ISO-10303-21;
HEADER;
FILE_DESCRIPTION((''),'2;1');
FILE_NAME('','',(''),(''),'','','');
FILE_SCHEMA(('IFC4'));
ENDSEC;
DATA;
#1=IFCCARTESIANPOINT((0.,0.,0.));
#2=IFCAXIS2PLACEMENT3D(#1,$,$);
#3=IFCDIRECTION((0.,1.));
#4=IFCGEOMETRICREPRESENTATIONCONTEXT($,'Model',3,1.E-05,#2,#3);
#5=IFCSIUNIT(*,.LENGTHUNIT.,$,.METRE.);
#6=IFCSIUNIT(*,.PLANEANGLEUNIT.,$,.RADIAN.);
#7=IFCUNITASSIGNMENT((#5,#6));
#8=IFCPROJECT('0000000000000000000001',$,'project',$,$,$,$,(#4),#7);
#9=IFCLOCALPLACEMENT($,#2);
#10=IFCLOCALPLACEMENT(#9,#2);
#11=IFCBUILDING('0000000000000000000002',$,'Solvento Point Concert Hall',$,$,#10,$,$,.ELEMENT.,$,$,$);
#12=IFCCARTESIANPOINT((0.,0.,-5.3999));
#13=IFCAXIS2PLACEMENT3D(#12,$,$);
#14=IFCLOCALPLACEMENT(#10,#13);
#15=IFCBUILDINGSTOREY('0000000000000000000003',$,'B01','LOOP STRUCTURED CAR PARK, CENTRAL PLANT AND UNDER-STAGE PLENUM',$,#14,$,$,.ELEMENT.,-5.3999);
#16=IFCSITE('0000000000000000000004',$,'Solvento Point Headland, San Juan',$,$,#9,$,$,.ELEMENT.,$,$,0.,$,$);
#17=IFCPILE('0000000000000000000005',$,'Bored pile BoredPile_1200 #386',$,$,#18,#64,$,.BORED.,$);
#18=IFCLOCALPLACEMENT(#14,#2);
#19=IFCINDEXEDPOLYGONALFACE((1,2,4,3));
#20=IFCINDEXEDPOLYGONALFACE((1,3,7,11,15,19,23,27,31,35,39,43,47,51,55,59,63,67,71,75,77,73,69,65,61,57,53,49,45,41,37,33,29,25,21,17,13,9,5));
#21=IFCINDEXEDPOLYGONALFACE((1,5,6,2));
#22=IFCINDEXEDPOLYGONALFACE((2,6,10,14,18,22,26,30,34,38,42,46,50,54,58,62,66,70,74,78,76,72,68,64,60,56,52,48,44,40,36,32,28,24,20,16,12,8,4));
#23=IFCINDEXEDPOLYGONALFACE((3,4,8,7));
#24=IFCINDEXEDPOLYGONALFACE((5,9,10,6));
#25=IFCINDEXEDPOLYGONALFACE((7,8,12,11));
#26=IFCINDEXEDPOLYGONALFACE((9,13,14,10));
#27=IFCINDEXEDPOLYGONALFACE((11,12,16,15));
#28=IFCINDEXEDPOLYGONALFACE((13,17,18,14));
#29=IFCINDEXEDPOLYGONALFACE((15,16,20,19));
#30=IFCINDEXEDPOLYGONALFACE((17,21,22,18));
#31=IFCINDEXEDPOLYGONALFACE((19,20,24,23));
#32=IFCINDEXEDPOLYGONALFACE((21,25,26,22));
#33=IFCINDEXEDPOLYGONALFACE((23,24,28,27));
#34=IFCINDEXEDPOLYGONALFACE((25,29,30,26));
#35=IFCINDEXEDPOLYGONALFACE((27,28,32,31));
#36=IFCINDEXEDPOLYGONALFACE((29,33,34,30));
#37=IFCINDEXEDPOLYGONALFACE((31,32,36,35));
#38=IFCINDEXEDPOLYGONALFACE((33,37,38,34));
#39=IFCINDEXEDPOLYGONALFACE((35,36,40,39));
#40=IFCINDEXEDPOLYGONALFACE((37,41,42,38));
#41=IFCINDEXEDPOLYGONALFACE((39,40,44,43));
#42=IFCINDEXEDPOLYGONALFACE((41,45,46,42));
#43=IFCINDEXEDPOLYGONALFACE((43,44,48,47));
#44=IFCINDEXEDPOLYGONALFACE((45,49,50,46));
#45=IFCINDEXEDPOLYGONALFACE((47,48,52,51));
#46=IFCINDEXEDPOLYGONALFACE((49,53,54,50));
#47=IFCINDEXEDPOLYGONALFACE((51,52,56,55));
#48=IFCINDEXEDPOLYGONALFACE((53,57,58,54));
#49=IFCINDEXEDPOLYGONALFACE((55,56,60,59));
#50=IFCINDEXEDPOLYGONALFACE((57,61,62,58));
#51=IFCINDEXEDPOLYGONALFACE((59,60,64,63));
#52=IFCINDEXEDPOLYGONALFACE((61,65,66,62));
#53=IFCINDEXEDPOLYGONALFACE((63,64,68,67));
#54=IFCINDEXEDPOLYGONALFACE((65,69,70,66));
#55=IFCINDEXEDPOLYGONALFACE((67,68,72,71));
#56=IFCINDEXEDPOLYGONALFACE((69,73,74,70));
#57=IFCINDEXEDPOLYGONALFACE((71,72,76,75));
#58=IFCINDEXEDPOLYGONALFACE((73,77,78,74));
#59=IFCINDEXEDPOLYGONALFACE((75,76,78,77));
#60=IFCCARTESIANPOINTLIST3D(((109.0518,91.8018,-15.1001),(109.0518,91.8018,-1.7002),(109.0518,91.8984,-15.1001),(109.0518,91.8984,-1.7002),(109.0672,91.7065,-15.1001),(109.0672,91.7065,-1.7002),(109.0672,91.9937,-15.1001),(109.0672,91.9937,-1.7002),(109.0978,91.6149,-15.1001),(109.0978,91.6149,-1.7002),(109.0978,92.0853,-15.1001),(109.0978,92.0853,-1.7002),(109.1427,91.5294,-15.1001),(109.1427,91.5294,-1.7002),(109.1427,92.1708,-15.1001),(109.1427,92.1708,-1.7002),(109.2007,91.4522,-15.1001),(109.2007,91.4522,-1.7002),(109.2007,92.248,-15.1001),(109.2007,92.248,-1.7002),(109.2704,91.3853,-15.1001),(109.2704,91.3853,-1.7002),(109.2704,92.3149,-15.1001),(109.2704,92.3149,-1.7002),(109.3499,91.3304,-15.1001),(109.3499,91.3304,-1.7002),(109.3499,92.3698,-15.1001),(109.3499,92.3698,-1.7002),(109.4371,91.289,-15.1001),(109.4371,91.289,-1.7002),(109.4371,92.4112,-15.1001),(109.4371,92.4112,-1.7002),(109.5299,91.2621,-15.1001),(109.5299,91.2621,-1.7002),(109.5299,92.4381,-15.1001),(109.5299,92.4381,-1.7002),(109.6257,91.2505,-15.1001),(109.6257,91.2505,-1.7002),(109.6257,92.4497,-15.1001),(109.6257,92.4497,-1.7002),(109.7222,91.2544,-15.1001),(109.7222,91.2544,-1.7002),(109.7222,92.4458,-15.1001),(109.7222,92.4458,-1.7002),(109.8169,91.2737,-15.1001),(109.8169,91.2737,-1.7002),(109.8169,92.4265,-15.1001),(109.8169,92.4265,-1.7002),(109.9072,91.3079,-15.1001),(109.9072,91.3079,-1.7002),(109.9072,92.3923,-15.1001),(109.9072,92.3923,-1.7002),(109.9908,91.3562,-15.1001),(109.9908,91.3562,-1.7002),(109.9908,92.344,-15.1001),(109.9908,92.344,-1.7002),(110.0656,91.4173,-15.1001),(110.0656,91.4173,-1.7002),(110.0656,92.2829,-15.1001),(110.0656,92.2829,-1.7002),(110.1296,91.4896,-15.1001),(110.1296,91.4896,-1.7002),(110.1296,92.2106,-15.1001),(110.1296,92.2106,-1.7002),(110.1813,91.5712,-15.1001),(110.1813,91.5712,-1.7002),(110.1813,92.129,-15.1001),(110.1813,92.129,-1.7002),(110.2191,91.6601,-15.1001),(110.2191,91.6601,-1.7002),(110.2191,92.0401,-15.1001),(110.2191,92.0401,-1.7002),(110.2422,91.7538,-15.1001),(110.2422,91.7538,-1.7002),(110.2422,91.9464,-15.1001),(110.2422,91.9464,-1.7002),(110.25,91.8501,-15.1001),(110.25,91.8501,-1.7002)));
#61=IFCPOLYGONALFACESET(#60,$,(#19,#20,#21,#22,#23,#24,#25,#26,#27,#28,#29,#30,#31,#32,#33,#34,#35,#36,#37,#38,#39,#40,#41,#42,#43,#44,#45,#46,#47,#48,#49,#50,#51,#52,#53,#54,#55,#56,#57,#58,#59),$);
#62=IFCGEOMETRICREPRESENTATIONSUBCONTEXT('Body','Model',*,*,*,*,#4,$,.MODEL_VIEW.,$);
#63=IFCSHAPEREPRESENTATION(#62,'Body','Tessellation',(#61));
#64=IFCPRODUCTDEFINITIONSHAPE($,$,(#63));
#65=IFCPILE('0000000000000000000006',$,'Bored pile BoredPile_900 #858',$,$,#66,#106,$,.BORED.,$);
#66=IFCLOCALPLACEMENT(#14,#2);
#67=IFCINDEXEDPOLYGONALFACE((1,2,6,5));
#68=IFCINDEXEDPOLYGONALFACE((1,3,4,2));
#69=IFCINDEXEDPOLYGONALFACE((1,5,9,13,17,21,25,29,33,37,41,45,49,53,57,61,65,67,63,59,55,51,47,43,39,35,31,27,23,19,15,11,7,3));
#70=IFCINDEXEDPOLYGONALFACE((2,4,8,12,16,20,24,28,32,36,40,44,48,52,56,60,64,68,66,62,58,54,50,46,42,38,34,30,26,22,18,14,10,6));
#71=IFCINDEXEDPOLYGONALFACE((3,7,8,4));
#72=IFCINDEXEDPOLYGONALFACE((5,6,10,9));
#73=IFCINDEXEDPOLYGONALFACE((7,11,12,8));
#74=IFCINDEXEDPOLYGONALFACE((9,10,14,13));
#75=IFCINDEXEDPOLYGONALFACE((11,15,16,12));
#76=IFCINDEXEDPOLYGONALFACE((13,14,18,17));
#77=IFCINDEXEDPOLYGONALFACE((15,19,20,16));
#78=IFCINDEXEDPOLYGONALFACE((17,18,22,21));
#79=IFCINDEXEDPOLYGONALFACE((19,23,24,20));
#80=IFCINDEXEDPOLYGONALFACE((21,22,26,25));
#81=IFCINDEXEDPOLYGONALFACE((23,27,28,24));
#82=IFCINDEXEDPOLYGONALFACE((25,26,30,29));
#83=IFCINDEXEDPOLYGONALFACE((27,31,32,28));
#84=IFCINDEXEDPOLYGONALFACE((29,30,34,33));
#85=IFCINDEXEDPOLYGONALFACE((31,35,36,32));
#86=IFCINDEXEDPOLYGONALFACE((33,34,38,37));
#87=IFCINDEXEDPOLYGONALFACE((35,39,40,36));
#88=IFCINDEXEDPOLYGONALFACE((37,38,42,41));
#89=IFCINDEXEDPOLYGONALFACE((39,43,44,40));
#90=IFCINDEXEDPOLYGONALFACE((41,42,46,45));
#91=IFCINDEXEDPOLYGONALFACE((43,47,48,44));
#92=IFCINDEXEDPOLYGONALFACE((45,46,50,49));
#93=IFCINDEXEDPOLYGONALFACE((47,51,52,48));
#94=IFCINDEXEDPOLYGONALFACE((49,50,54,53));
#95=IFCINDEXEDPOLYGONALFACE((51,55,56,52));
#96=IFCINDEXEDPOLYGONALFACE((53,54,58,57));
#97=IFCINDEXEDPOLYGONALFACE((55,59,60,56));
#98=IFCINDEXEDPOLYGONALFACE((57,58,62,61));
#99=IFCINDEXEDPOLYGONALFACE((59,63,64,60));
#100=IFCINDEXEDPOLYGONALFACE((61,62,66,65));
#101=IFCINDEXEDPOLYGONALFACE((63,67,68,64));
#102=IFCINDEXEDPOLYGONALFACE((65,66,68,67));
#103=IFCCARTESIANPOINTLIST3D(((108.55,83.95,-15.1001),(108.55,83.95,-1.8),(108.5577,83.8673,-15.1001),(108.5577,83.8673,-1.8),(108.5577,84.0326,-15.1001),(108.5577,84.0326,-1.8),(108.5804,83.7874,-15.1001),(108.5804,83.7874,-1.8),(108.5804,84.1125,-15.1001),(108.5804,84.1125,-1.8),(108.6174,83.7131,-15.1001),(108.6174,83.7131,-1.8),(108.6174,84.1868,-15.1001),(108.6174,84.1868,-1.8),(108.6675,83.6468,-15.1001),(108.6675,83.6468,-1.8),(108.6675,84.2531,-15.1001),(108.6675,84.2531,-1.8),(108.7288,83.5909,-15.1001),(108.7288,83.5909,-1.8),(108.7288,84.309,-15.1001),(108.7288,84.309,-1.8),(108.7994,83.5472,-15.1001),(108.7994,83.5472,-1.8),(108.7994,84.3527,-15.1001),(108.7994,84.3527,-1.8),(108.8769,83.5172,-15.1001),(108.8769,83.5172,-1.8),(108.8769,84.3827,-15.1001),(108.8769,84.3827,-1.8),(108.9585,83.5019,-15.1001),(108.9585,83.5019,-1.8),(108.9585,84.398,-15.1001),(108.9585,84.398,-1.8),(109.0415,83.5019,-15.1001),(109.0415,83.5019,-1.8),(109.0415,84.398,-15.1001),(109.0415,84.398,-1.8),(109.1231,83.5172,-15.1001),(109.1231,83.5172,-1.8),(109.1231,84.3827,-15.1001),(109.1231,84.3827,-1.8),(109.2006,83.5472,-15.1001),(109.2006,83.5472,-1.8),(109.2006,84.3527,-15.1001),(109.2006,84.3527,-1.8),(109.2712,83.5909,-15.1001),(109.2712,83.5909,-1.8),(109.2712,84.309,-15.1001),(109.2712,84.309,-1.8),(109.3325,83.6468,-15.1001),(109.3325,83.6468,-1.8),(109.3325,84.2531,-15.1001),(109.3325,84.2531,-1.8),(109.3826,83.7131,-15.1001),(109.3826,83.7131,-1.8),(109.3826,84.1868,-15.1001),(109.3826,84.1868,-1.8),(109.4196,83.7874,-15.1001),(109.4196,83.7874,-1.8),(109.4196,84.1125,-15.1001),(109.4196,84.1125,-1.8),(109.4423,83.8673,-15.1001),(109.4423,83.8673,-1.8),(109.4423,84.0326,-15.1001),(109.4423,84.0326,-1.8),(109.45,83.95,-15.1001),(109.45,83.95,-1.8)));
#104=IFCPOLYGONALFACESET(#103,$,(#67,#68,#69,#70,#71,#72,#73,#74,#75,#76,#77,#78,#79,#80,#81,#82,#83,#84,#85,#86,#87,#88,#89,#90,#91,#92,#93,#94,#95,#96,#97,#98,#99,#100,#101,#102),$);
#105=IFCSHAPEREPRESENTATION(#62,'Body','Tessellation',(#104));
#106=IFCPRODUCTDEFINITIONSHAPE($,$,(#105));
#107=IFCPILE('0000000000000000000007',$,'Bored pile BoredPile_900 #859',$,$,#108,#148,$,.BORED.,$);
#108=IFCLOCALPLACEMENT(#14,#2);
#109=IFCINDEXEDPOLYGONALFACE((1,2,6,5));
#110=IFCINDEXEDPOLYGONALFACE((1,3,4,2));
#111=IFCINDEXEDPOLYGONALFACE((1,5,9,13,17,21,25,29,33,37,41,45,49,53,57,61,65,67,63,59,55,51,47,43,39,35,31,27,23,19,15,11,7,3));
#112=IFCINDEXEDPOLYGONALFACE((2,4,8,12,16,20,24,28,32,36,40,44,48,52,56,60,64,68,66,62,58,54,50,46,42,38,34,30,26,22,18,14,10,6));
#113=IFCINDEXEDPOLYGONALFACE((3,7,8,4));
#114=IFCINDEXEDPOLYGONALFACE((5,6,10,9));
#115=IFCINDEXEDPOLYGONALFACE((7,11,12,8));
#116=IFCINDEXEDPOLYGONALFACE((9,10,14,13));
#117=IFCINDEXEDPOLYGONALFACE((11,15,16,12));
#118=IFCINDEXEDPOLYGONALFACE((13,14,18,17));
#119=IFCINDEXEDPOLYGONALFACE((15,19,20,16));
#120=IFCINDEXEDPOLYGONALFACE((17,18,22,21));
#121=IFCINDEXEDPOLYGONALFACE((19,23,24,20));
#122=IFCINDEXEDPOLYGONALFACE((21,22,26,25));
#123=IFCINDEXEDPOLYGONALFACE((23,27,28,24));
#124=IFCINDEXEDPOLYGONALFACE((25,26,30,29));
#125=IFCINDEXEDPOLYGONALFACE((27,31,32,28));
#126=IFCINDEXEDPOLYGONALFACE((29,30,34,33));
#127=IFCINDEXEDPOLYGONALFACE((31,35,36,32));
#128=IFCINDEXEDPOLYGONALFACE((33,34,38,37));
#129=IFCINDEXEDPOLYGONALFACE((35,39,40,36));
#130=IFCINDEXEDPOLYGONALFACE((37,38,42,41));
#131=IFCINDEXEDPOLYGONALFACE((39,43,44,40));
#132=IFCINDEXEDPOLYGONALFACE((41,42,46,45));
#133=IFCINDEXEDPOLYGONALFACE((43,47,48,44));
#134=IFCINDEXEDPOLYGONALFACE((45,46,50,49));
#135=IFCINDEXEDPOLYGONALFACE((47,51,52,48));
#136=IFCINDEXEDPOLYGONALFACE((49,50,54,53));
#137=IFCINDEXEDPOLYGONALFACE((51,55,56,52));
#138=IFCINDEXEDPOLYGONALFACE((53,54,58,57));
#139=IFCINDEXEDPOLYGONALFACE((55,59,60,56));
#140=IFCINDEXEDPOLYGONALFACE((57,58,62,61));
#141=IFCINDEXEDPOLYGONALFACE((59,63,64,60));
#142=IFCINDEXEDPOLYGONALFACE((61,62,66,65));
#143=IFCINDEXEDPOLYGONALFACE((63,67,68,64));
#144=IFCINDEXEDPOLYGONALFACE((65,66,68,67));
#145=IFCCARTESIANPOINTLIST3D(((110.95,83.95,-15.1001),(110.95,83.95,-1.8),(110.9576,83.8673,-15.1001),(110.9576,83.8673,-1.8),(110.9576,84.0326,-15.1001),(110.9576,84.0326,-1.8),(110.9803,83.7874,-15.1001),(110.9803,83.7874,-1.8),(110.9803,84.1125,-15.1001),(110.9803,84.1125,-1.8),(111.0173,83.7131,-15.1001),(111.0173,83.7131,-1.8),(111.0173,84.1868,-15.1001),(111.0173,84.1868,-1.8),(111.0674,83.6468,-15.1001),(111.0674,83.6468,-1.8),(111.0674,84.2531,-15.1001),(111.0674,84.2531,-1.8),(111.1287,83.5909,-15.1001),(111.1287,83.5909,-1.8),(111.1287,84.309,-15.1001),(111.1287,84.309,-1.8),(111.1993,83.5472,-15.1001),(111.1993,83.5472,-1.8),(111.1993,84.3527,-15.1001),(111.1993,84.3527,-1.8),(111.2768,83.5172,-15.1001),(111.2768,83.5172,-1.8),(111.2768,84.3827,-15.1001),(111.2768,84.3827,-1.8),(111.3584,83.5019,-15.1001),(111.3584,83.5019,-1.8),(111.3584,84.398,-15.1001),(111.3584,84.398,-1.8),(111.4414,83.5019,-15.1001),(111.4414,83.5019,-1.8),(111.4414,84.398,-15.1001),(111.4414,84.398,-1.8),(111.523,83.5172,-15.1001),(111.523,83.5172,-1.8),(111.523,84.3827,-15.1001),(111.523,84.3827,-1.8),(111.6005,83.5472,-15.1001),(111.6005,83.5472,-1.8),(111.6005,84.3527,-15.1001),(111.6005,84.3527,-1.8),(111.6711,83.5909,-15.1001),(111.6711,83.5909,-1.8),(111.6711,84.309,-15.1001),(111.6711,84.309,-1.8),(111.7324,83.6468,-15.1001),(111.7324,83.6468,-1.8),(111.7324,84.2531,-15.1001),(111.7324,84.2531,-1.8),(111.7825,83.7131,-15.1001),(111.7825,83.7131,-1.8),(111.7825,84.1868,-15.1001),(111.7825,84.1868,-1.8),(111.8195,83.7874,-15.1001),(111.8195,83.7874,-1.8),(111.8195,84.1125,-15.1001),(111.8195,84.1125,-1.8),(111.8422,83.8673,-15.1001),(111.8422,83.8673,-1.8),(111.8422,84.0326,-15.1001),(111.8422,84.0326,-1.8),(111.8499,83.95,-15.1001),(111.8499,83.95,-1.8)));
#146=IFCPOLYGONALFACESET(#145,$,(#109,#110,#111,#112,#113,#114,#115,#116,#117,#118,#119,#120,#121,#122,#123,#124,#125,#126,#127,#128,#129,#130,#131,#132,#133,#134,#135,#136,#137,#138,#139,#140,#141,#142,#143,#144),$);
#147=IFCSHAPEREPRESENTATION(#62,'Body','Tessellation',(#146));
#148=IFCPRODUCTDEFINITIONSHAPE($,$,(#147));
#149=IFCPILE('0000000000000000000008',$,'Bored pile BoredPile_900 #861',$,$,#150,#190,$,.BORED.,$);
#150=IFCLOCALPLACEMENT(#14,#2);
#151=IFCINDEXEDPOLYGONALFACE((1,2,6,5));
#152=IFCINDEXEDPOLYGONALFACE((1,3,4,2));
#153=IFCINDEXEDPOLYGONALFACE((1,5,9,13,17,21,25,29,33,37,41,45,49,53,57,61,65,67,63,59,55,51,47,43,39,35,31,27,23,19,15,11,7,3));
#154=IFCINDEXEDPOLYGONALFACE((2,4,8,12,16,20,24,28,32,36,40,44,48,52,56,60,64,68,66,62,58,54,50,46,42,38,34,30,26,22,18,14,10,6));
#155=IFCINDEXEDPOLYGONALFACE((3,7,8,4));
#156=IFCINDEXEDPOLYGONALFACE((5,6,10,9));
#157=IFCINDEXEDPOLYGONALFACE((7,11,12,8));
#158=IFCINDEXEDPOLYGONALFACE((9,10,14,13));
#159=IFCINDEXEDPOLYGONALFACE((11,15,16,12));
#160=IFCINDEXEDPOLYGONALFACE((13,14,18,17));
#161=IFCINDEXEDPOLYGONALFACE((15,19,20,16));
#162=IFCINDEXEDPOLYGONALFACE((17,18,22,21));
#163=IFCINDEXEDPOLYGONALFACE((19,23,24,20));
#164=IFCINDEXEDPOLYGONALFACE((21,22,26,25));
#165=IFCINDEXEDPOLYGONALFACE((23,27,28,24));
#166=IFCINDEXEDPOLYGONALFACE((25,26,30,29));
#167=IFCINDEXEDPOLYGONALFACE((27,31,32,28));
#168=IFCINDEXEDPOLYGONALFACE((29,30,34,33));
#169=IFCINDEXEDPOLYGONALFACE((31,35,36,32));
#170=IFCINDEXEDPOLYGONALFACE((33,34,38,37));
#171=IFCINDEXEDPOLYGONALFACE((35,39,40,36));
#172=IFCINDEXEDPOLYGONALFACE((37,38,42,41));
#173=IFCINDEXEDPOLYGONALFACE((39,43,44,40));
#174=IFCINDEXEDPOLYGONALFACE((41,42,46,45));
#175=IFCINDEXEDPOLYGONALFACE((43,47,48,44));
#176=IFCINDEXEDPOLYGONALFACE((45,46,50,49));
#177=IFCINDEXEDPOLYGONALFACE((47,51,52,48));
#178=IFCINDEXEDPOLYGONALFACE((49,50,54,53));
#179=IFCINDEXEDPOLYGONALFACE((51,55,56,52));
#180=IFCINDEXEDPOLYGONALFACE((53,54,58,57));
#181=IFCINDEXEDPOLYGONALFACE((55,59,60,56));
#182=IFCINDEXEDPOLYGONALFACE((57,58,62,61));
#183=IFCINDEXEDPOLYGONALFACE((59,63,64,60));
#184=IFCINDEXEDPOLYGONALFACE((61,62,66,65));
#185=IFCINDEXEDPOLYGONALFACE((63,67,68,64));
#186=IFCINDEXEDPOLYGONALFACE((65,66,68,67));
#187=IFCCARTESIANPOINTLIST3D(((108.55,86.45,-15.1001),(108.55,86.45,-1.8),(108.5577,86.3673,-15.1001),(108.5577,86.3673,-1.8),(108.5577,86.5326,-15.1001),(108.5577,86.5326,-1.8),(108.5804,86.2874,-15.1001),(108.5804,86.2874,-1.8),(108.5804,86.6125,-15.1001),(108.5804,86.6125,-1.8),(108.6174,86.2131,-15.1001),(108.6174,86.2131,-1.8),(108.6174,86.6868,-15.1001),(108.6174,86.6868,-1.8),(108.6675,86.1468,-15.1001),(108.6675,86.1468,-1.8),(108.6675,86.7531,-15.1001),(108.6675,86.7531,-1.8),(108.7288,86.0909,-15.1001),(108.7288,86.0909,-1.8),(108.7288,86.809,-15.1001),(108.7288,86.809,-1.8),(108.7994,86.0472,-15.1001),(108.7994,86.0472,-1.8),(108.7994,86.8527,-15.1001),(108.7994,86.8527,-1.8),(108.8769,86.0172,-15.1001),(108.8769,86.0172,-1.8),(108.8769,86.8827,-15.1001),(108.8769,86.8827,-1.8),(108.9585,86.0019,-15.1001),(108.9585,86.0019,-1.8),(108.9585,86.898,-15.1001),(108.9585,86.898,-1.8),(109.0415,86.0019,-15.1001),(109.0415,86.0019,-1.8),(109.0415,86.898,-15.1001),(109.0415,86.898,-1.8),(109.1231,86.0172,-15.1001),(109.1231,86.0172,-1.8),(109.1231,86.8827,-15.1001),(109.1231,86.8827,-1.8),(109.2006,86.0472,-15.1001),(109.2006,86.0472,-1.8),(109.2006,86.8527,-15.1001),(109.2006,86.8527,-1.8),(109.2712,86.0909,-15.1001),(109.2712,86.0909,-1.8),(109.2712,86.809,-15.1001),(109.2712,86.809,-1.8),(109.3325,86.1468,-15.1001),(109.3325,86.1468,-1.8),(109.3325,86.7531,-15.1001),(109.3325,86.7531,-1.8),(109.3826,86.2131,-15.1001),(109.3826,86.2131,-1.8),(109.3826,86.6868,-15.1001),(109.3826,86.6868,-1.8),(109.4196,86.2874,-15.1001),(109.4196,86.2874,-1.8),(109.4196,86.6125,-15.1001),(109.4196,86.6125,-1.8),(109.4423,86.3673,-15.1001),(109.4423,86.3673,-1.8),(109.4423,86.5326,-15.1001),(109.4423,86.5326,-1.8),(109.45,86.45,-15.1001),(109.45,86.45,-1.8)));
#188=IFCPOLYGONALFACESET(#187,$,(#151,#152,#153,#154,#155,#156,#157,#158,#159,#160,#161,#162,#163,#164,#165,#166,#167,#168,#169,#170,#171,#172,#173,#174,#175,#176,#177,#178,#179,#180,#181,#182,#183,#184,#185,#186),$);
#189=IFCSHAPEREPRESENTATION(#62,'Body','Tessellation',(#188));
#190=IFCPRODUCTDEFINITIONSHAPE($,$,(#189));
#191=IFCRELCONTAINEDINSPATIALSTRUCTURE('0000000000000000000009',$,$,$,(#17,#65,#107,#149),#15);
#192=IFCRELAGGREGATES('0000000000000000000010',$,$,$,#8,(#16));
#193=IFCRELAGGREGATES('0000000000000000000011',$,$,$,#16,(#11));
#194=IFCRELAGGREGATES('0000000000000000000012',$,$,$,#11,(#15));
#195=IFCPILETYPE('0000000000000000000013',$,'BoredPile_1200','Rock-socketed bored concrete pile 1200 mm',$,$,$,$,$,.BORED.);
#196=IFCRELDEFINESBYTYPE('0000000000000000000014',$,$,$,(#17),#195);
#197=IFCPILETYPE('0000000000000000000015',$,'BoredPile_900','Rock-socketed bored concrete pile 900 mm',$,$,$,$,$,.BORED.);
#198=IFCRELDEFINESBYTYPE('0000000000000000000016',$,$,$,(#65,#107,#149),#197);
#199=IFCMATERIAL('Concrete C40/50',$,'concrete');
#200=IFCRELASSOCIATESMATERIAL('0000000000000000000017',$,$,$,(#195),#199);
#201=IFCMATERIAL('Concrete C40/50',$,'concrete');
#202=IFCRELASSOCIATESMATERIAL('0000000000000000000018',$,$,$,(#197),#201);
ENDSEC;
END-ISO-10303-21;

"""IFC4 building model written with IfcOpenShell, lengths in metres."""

from ifc_helpers import new_model, si_unit, direction, frame, origin, origin_2d, place, context, subcontext, project, spatial, circle, extrude, material, material_profile, profile_set, type_object, element, save


model = new_model("IFC4")

# Units and contexts
model_context = context("Model", 3, precision=1e-05, world=origin(), true_north=direction((0.0, 1.0)))
body_context = subcontext(model_context, "Body", "Model", "MODEL_VIEW")
ifc_project = project(units=[si_unit("LENGTHUNIT", "METRE"), si_unit("PLANEANGLEUNIT", "RADIAN")], contexts=[model_context])

# Site, building, storey
site_placement = place(None, origin())
site = spatial("IfcSite", under=ifc_project, at=site_placement, Name="Solvento Point Headland, San Juan", CompositionType="ELEMENT", RefElevation=0.0)
building_placement = place(site_placement, origin())
building = spatial("IfcBuilding", under=site, at=building_placement, Name="Solvento Point Concert Hall", CompositionType="ELEMENT")
storey_placement = place(building_placement, frame((0.0, 0.0, -5.3999)))
storey = spatial("IfcBuildingStorey", under=building, at=storey_placement, Name="B01", Description="LOOP STRUCTURED CAR PARK, CENTRAL PLANT AND UNDER-STAGE PLENUM", CompositionType="ELEMENT", Elevation=-5.3999)

# Piles
ifc_material_1 = material(Name="Concrete C40/50", Category="concrete")
ifc_material_profile_1 = material_profile(ifc_material_1, circle(Radius=0.6001, at=origin_2d()), Name="BP-1200")
ifc_profile_set_1 = profile_set([ifc_material_profile_1], Name="Concrete C40/50")
pile_type_1 = type_object("IfcPileType", Name="BoredPile_1200", Description="Rock-socketed bored concrete pile 1200 mm", PredefinedType="BORED", material=ifc_profile_set_1)
pile_placement = place(storey_placement, frame((109.6499, 91.8501, -1.7002), z_axis=(0.0, 0.0, -1.0), x_axis=(1.0, 0.0, 0.0)))
element("IfcPile", 1, at=pile_placement, inside=storey, type_object=pile_type_1, Name="Bored pile BoredPile_1200 #386", PredefinedType="BORED", context=body_context, shape_type="SweptSolid", body=[
    extrude(circle(Radius=0.6001, at=origin_2d()), origin(), (0.0, 0.0, 1.0), 13.3999),
])
ifc_material_2 = material(Name="Concrete C40/50", Category="concrete")
ifc_material_profile_2 = material_profile(ifc_material_2, circle(Radius=0.45, at=origin_2d()), Name="BP-900")
ifc_profile_set_2 = profile_set([ifc_material_profile_2], Name="Concrete C40/50")
pile_type_2 = type_object("IfcPileType", Name="BoredPile_900", Description="Rock-socketed bored concrete pile 900 mm", PredefinedType="BORED", material=ifc_profile_set_2)
for number, where, z_axis, x_axis, name in (
    (2, (109.0, 83.95, -1.8), (0.0, 0.0, -1.0), (1.0, 0.0, 0.0), "Bored pile BoredPile_900 #858"),
    (3, (111.3999, 83.95, -1.8), (0.0, 0.0, -1.0), (1.0, 0.0, 0.0), "Bored pile BoredPile_900 #859"),
    (4, (109.0, 86.45, -1.8), (0.0, 0.0, -1.0), (1.0, 0.0, 0.0), "Bored pile BoredPile_900 #861"),
):
    element("IfcPile", number, at=place(storey_placement, frame(where, z_axis=z_axis, x_axis=x_axis)), inside=storey, type_object=pile_type_2, Name=name, PredefinedType="BORED", context=body_context, shape_type="SweptSolid", body=[
        extrude(circle(Radius=0.45, at=origin_2d()), origin(), (0.0, 0.0, 1.0), 13.3),
    ])

save(model, "model.ifc")
